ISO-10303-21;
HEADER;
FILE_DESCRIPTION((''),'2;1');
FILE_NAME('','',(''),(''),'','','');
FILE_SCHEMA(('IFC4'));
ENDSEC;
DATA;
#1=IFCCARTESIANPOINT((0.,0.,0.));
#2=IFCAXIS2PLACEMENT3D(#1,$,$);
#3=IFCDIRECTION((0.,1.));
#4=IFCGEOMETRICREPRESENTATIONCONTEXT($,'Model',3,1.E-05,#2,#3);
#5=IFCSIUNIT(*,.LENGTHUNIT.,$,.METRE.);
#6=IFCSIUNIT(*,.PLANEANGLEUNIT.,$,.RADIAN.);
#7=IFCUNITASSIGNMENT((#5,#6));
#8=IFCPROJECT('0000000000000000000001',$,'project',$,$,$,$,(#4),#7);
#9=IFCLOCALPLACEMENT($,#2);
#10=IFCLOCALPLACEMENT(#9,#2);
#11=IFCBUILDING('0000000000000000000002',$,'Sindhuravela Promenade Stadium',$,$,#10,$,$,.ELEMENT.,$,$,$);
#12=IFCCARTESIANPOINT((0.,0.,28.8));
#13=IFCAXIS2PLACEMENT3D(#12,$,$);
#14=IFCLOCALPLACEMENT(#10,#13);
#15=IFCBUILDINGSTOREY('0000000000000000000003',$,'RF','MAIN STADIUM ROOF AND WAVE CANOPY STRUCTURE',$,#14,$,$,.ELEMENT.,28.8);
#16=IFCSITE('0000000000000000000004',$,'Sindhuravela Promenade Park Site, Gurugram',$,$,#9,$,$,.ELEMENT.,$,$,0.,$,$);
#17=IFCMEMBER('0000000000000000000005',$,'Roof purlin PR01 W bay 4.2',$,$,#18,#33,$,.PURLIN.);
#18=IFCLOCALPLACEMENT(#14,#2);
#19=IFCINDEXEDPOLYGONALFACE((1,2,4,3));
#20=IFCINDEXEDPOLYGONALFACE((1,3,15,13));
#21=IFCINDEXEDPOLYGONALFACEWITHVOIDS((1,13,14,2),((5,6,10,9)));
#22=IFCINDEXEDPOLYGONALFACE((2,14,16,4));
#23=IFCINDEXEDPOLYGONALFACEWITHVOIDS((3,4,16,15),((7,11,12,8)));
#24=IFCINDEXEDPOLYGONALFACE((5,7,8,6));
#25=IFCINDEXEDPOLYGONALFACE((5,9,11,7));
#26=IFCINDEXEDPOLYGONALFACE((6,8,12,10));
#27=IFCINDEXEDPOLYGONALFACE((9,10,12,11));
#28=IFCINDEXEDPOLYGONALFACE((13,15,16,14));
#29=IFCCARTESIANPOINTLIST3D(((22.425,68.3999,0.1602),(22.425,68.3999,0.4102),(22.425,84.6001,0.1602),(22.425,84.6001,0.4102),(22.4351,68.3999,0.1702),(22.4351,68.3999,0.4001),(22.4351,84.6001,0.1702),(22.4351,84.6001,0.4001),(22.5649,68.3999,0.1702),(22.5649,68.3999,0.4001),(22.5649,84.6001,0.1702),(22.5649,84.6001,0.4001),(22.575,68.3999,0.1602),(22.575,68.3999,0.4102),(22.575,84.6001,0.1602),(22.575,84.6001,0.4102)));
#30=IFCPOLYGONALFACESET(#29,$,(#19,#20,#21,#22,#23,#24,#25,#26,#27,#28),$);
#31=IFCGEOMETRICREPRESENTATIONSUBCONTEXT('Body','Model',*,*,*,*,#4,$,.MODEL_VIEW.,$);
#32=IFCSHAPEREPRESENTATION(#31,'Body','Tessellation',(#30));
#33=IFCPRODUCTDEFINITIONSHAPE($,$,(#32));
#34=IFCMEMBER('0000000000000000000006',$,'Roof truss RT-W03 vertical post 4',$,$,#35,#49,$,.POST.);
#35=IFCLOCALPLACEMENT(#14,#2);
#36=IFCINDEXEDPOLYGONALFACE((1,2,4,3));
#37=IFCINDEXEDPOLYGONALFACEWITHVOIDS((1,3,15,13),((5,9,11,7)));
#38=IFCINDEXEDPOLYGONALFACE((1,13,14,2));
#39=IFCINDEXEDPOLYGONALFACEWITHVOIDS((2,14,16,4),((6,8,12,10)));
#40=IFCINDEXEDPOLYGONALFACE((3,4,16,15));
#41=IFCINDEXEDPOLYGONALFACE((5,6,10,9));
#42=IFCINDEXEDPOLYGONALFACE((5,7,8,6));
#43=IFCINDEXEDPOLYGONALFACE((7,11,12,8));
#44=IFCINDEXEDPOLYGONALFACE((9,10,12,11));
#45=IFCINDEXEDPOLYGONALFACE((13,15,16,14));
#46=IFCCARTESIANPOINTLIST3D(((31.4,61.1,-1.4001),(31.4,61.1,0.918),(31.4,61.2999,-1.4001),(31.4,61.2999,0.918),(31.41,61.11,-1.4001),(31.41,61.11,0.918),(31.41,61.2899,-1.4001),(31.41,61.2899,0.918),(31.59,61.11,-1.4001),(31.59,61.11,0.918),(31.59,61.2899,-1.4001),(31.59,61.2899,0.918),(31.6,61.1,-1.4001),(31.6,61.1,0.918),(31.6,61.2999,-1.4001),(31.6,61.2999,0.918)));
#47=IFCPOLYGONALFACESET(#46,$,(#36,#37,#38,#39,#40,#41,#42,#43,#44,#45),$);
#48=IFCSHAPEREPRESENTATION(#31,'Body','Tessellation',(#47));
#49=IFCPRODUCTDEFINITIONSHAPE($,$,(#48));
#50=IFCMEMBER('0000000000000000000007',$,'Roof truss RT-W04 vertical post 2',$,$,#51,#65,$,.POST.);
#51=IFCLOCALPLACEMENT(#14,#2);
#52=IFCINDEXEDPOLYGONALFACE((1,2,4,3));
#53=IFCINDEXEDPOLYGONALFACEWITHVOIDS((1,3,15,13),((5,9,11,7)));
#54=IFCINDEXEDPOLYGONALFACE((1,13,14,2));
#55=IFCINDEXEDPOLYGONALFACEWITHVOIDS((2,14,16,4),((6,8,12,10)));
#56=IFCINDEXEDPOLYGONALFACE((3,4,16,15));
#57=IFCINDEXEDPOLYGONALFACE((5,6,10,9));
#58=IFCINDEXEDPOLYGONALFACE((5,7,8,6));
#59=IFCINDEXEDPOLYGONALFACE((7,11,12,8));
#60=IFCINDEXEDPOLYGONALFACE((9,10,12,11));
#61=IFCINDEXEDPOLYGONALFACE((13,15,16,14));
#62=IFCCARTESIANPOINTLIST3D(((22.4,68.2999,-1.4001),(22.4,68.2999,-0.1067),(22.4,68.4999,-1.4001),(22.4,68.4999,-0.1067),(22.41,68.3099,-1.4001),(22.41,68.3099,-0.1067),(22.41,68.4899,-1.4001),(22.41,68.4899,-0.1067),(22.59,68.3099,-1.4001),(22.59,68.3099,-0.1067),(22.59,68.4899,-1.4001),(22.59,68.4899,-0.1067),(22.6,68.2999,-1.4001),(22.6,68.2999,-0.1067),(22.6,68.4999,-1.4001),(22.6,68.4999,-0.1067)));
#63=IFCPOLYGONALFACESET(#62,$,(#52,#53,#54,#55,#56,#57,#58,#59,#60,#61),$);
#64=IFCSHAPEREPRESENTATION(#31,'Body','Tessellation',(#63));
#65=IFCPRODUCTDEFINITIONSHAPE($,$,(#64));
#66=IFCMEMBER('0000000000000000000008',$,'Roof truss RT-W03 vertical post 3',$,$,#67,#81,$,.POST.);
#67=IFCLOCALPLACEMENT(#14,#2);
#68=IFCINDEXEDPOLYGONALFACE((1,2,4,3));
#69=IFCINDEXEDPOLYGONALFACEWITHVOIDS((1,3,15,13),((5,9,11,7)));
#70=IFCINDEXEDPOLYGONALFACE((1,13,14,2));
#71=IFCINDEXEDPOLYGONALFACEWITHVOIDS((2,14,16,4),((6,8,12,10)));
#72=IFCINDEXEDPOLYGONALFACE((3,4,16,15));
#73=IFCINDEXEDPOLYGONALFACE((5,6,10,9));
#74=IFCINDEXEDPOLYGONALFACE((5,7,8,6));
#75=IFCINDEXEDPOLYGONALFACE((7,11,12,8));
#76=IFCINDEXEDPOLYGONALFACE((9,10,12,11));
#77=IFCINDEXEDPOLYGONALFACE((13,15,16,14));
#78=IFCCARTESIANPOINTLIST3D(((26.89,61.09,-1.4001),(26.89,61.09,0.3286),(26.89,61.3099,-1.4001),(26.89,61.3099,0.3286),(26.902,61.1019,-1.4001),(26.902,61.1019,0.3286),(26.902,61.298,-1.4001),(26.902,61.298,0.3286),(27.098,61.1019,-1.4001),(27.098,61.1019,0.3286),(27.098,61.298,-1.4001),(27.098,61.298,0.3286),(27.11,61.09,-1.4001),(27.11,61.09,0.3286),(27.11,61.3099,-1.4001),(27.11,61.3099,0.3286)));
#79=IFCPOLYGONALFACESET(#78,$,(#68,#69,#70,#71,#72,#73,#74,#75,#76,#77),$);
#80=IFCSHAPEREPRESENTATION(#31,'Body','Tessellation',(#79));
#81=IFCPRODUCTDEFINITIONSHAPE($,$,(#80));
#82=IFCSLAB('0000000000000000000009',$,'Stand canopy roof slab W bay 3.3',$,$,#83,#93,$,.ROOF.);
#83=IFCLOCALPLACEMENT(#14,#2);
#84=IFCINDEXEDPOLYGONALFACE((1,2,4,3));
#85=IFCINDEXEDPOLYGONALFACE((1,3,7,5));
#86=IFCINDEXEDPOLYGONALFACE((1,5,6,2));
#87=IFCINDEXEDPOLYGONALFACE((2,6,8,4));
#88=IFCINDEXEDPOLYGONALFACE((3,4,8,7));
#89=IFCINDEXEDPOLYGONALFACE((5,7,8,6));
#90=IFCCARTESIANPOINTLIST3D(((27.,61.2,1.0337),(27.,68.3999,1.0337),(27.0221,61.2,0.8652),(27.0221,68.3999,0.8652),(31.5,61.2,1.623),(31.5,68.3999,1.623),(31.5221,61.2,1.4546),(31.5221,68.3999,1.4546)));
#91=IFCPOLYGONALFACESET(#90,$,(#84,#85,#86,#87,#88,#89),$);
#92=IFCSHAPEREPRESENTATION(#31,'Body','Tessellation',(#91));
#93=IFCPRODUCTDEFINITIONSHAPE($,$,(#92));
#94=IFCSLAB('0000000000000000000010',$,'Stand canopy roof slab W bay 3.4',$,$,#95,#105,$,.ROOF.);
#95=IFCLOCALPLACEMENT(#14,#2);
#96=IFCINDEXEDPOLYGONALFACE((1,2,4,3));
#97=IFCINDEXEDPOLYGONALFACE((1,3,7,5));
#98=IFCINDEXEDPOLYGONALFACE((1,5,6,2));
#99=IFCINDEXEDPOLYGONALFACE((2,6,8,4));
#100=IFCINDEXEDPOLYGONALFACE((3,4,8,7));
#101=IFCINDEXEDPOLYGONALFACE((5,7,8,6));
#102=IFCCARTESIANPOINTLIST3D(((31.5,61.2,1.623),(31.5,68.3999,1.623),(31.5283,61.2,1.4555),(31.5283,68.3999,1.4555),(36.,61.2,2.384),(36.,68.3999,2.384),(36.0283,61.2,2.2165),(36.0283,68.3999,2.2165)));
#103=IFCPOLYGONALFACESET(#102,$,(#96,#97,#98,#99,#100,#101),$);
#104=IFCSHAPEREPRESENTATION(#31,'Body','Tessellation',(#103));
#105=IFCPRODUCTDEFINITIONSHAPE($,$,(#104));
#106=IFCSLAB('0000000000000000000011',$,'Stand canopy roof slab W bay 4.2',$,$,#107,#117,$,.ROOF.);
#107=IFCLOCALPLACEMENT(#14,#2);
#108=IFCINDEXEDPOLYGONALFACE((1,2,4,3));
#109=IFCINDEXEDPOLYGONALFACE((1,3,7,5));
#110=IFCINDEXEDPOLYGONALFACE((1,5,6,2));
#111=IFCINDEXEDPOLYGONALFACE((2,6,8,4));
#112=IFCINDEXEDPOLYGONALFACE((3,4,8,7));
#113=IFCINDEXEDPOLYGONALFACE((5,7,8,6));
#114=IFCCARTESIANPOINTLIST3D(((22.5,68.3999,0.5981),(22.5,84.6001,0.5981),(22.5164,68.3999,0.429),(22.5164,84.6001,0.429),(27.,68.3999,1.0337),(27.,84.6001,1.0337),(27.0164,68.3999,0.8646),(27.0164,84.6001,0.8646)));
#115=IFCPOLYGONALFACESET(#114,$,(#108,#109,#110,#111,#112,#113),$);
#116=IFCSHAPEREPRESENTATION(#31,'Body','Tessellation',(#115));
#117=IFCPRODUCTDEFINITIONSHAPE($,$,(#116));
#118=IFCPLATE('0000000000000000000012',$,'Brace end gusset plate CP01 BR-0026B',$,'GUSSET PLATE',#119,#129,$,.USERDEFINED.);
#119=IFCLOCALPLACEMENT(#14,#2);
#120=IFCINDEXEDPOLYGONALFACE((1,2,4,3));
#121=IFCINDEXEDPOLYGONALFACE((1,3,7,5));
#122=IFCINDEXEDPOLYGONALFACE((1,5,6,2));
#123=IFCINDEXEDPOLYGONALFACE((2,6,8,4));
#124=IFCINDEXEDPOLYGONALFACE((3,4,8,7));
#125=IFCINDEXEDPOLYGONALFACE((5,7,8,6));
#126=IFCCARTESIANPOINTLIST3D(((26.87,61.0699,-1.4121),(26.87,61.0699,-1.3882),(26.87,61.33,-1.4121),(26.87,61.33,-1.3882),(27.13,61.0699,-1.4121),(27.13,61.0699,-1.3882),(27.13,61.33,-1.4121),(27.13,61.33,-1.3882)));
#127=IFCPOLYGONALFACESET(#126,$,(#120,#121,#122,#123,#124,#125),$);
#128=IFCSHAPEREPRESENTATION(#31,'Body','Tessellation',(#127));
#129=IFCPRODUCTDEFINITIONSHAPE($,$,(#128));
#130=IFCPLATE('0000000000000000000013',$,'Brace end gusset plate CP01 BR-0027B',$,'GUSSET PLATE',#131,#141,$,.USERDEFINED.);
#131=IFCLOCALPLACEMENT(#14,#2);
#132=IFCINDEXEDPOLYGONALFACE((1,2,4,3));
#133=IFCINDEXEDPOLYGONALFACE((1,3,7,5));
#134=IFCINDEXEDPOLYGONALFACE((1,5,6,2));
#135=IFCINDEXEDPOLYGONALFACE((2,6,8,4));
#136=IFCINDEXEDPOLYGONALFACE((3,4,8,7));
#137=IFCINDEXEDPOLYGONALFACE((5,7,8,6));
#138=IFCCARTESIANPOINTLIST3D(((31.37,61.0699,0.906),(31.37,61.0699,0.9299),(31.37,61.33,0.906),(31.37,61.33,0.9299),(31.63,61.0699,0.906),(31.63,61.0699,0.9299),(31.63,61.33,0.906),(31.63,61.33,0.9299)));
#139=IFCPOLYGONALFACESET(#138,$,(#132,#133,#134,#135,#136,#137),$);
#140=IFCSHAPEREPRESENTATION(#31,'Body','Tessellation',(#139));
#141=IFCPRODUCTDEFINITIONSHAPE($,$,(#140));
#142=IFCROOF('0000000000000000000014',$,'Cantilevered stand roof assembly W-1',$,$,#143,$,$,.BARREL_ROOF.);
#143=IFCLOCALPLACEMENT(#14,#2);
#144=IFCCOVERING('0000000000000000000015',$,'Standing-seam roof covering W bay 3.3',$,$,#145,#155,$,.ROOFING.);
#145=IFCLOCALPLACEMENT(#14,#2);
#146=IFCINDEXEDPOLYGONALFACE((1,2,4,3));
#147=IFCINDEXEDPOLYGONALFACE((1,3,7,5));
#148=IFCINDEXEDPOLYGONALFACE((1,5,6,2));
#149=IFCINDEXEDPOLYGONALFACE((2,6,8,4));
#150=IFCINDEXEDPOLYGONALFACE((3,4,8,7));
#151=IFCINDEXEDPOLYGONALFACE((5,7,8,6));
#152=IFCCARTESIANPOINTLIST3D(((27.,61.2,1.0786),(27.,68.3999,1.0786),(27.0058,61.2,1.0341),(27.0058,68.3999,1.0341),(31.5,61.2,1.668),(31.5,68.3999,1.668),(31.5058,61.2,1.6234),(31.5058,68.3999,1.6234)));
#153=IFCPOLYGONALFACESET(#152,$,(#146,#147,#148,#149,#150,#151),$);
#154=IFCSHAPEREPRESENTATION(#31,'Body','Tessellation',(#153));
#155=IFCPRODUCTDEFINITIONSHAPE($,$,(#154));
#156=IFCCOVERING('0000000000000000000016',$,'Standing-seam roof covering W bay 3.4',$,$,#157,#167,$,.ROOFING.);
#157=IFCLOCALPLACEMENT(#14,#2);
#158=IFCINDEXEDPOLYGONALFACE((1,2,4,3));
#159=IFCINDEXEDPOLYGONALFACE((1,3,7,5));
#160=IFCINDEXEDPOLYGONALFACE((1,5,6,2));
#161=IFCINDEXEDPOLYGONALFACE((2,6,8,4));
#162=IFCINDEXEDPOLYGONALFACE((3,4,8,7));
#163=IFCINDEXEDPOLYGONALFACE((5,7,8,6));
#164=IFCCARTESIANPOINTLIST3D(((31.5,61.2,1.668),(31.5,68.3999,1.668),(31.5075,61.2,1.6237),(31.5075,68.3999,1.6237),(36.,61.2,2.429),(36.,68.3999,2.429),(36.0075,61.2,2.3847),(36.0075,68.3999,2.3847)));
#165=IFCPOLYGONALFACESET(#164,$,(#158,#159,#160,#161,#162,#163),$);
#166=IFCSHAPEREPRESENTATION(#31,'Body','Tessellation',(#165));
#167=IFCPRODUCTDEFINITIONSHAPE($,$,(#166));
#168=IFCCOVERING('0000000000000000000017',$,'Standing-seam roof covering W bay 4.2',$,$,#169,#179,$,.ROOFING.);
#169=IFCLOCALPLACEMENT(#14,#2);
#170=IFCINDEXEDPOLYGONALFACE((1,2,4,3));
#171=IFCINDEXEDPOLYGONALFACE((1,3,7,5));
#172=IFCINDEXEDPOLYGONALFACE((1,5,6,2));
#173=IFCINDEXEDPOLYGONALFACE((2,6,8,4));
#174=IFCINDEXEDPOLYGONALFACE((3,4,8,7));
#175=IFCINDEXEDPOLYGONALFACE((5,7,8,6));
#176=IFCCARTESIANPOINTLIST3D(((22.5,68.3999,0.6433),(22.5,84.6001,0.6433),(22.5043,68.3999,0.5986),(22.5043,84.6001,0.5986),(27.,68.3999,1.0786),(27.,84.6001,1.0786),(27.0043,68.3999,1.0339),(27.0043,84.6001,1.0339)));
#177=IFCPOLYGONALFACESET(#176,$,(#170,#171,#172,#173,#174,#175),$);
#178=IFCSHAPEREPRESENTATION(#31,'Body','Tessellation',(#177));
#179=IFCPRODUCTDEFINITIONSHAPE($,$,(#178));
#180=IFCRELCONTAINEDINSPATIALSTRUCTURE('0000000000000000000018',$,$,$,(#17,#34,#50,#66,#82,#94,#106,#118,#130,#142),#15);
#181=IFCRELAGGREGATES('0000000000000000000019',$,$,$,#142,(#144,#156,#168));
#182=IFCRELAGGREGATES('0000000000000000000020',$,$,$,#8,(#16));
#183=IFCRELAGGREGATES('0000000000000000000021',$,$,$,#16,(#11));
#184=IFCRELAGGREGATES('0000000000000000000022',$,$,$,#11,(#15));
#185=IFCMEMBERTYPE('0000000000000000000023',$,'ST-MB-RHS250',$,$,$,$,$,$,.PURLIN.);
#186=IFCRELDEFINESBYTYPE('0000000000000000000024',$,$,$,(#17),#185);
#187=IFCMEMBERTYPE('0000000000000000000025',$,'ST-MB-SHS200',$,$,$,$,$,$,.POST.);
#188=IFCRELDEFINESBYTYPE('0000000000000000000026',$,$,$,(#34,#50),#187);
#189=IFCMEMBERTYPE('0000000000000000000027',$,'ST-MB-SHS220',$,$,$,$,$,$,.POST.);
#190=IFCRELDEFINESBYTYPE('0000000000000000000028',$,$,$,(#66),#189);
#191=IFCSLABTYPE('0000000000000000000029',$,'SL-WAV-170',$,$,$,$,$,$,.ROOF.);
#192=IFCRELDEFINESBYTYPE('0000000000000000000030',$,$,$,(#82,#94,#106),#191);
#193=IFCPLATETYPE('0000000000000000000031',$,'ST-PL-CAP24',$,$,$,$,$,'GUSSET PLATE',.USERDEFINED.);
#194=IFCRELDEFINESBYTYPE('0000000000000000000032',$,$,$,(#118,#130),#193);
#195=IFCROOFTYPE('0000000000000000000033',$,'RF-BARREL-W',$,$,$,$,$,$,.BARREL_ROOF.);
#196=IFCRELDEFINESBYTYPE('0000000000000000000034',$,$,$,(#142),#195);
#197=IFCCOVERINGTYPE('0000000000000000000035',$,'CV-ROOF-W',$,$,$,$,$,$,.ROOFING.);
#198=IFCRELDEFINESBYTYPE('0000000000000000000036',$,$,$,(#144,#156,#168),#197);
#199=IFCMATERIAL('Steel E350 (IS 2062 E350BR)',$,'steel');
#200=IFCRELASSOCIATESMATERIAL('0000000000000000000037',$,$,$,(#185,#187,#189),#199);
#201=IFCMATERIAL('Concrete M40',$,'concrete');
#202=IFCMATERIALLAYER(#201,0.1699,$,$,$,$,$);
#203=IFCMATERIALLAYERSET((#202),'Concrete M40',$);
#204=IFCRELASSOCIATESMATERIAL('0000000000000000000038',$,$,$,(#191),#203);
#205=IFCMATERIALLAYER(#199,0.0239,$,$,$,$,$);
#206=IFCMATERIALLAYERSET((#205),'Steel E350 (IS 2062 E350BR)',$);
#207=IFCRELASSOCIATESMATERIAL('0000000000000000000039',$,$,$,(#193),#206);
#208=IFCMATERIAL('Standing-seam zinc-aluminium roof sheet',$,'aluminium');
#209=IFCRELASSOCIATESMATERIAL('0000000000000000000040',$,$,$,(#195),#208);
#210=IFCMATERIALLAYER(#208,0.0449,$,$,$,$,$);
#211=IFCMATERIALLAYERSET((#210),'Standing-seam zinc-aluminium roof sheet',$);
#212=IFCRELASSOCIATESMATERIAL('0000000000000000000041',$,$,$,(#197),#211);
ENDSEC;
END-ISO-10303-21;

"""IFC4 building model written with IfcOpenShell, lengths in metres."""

from ifc_helpers import new_model, si_unit, direction, frame, origin, origin_2d, place, context, subcontext, project, spatial, polyline, rectangle, hollow_rectangle, outline, extrude, material, layer, layer_set, material_profile, profile_set, type_object, element, aggregate, save


model = new_model("IFC4")

# Units and contexts
model_context = context("Model", 3, precision=1e-05, world=origin(), true_north=direction((0.0, 1.0)))
body_context = subcontext(model_context, "Body", "Model", "MODEL_VIEW")
ifc_project = project(units=[si_unit("LENGTHUNIT", "METRE"), si_unit("PLANEANGLEUNIT", "RADIAN")], contexts=[model_context])

# Site, building, storey
site_placement = place(None, origin())
site = spatial("IfcSite", under=ifc_project, at=site_placement, Name="Sindhuravela Promenade Park Site, Gurugram", CompositionType="ELEMENT", RefElevation=0.0)
building_placement = place(site_placement, origin())
building = spatial("IfcBuilding", under=site, at=building_placement, Name="Sindhuravela Promenade Stadium", CompositionType="ELEMENT")
storey_placement = place(building_placement, frame((0.0, 0.0, 28.8)))
storey = spatial("IfcBuildingStorey", under=building, at=storey_placement, Name="RF", Description="MAIN STADIUM ROOF AND WAVE CANOPY STRUCTURE", CompositionType="ELEMENT", Elevation=28.8)

# Shared definitions
ifc_material_1 = material(Name="Concrete M40", Category="concrete")
ifc_material_2 = material(Name="Steel E350 (IS 2062 E350BR)", Category="steel")

# Members
ifc_material_profile_1 = material_profile(ifc_material_2, hollow_rectangle(XDim=0.1499, YDim=0.25, WallThickness=0.01, at=origin_2d()), Name="RHS 250x150x10")
ifc_profile_set_1 = profile_set([ifc_material_profile_1], Name="Steel E350 (IS 2062 E350BR)")
member_type_1 = type_object("IfcMemberType", Name="ST-MB-RHS250", PredefinedType="PURLIN", material=ifc_profile_set_1)
member_1_placement = place(storey_placement, frame((22.5, 68.3999, 0.2852), z_axis=(0.0, 1.0, 0.0), x_axis=(-1.0, 0.0, 0.0)))
element("IfcMember", 1, at=member_1_placement, inside=storey, type_object=member_type_1, Name="Roof purlin PR01 W bay 4.2", PredefinedType="PURLIN", context=body_context, shape_type="SweptSolid", body=[
    extrude(hollow_rectangle(XDim=0.1499, YDim=0.25, WallThickness=0.01, at=origin_2d()), origin(), (0.0, 0.0, 1.0), 16.2002),
])
ifc_material_profile_2 = material_profile(ifc_material_2, hollow_rectangle(XDim=0.2, YDim=0.2, WallThickness=0.01, at=origin_2d()), Name="SHS 200x200x10")
ifc_profile_set_2 = profile_set([ifc_material_profile_2], Name="Steel E350 (IS 2062 E350BR)")
member_type_2 = type_object("IfcMemberType", Name="ST-MB-SHS200", PredefinedType="POST", material=ifc_profile_set_2)
member_2_placement = place(storey_placement, frame((31.5, 61.2, -1.4001), z_axis=(0.0, 0.0, 1.0), x_axis=(1.0, 0.0, 0.0)))
element("IfcMember", 2, at=member_2_placement, inside=storey, type_object=member_type_2, Name="Roof truss RT-W03 vertical post 4", PredefinedType="POST", context=body_context, shape_type="SweptSolid", body=[
    extrude(hollow_rectangle(XDim=0.2, YDim=0.2, WallThickness=0.01, at=origin_2d()), origin(), (0.0, 0.0, 1.0), 2.3181),
])
member_3_placement = place(storey_placement, frame((22.5, 68.3999, -1.4001), z_axis=(0.0, 0.0, 1.0), x_axis=(1.0, 0.0, 0.0)))
element("IfcMember", 3, at=member_3_placement, inside=storey, type_object=member_type_2, Name="Roof truss RT-W04 vertical post 2", PredefinedType="POST", context=body_context, shape_type="SweptSolid", body=[
    extrude(hollow_rectangle(XDim=0.2, YDim=0.2, WallThickness=0.01, at=origin_2d()), origin(), (0.0, 0.0, 1.0), 1.2935),
])
ifc_material_profile_3 = material_profile(ifc_material_2, hollow_rectangle(XDim=0.22, YDim=0.22, WallThickness=0.012, at=origin_2d()), Name="SHS 220x220x12")
ifc_profile_set_3 = profile_set([ifc_material_profile_3], Name="Steel E350 (IS 2062 E350BR)")
member_type_3 = type_object("IfcMemberType", Name="ST-MB-SHS220", PredefinedType="POST", material=ifc_profile_set_3)
member_4_placement = place(storey_placement, frame((27.0, 61.2, -1.4001), z_axis=(0.0, 0.0, 1.0), x_axis=(1.0, 0.0, 0.0)))
element("IfcMember", 4, at=member_4_placement, inside=storey, type_object=member_type_3, Name="Roof truss RT-W03 vertical post 3", PredefinedType="POST", context=body_context, shape_type="SweptSolid", body=[
    extrude(hollow_rectangle(XDim=0.22, YDim=0.22, WallThickness=0.012, at=origin_2d()), origin(), (0.0, 0.0, 1.0), 1.7288),
])

# Slabs
ifc_layer_1 = layer(ifc_material_1, 0.1699)
ifc_layer_set_1 = layer_set([ifc_layer_1], Name="Concrete M40")
slab_type = type_object("IfcSlabType", Name="SL-WAV-170", PredefinedType="ROOF", material=ifc_layer_set_1)
slab_1_placement = place(storey_placement, frame((27.0, 61.2, 1.0337), z_axis=(-0.129859, 0.0, 0.991532), x_axis=(0.0, 1.0, 0.0)))
element("IfcSlab", 5, at=slab_1_placement, inside=storey, type_object=slab_type, Name="Stand canopy roof slab W bay 3.3", PredefinedType="ROOF", context=body_context, shape_type="SweptSolid", body=[
    extrude(outline(polyline([(0.0, 0.0), (0.0, -4.5384), (7.2, -4.5384), (7.2, 0.0), (0.0, 0.0)])), origin(), (0.0, 0.0, -1.0), 0.1699),
])
slab_2_placement = place(storey_placement, frame((31.5, 61.2, 1.623), z_axis=(-0.166741, 0.0, 0.986001), x_axis=(0.0, 1.0, 0.0)))
element("IfcSlab", 6, at=slab_2_placement, inside=storey, type_object=slab_type, Name="Stand canopy roof slab W bay 3.4", PredefinedType="ROOF", context=body_context, shape_type="SweptSolid", body=[
    extrude(outline(polyline([(0.0, 0.0), (0.0, -4.5639), (7.2, -4.5639), (7.2, 0.0), (0.0, 0.0)])), origin(), (0.0, 0.0, -1.0), 0.1699),
])
slab_3_placement = place(storey_placement, frame((22.5, 68.3999, 0.5981), z_axis=(-0.096338, 0.0, 0.995349), x_axis=(0.0, 1.0, 0.0)))
element("IfcSlab", 7, at=slab_3_placement, inside=storey, type_object=slab_type, Name="Stand canopy roof slab W bay 4.2", PredefinedType="ROOF", context=body_context, shape_type="SweptSolid", body=[
    extrude(outline(polyline([(0.0, 0.0), (0.0, -4.521), (16.2002, -4.521), (16.2002, 0.0), (0.0, 0.0)])), origin(), (0.0, 0.0, -1.0), 0.1699),
])

# Plates
ifc_layer_2 = layer(ifc_material_2, 0.0239)
ifc_layer_set_2 = layer_set([ifc_layer_2], Name="Steel E350 (IS 2062 E350BR)")
plate_type = type_object("IfcPlateType", Name="ST-PL-CAP24", ElementType="GUSSET PLATE", PredefinedType="USERDEFINED", material=ifc_layer_set_2)
for number, where, z_axis, x_axis, name in (
    (8, (27.0, 61.2, -1.4121), (0.0, 0.0, 1.0), (1.0, 0.0, 0.0), "Brace end gusset plate CP01 BR-0026B"),
    (9, (31.5, 61.2, 0.906), (0.0, 0.0, 1.0), (1.0, 0.0, 0.0), "Brace end gusset plate CP01 BR-0027B"),
):
    element("IfcPlate", number, at=place(storey_placement, frame(where, z_axis=z_axis, x_axis=x_axis)), inside=storey, type_object=plate_type, Name=name, ObjectType="GUSSET PLATE", PredefinedType="USERDEFINED", context=body_context, shape_type="SweptSolid", body=[
        extrude(rectangle(XDim=0.26, YDim=0.26, at=origin_2d()), origin(), (0.0, 0.0, 1.0), 0.0239),
    ])

# Roof, coverings
ifc_material_3 = material(Name="Standing-seam zinc-aluminium roof sheet", Category="aluminium")
roof_type = type_object("IfcRoofType", Name="RF-BARREL-W", PredefinedType="BARREL_ROOF", material=ifc_material_3)
roof_placement = place(storey_placement, origin())
roof = element("IfcRoof", 10, at=roof_placement, inside=storey, type_object=roof_type, Name="Cantilevered stand roof assembly W-1", PredefinedType="BARREL_ROOF")
ifc_layer_3 = layer(ifc_material_3, 0.0449)
ifc_layer_set_3 = layer_set([ifc_layer_3], Name="Standing-seam zinc-aluminium roof sheet")
covering_type_1 = type_object("IfcCoveringType", Name="CV-ROOF-W", PredefinedType="ROOFING", material=ifc_layer_set_3)
covering_1_placement = place(storey_placement, frame((27.0, 61.2, 1.0786), z_axis=(-0.129859, 0.0, 0.991532), x_axis=(0.0, 1.0, 0.0)))
covering_1 = element("IfcCovering", 11, at=covering_1_placement, type_object=covering_type_1, Name="Standing-seam roof covering W bay 3.3", PredefinedType="ROOFING", context=body_context, shape_type="SweptSolid", body=[
    extrude(outline(polyline([(0.0, 0.0), (0.0, -4.5384), (7.2, -4.5384), (7.2, 0.0), (0.0, 0.0)])), origin(), (0.0, 0.0, -1.0), 0.0449),
])
covering_2_placement = place(storey_placement, frame((31.5, 61.2, 1.668), z_axis=(-0.166741, 0.0, 0.986001), x_axis=(0.0, 1.0, 0.0)))
covering_2 = element("IfcCovering", 12, at=covering_2_placement, type_object=covering_type_1, Name="Standing-seam roof covering W bay 3.4", PredefinedType="ROOFING", context=body_context, shape_type="SweptSolid", body=[
    extrude(outline(polyline([(0.0, 0.0), (0.0, -4.5639), (7.2, -4.5639), (7.2, 0.0), (0.0, 0.0)])), origin(), (0.0, 0.0, -1.0), 0.0449),
])
covering_3_placement = place(storey_placement, frame((22.5, 68.3999, 0.6433), z_axis=(-0.096285, 0.0, 0.995354), x_axis=(0.0, 1.0, 0.0)))
covering_3 = element("IfcCovering", 13, at=covering_3_placement, type_object=covering_type_1, Name="Standing-seam roof covering W bay 4.2", PredefinedType="ROOFING", context=body_context, shape_type="SweptSolid", body=[
    extrude(outline(polyline([(0.0, 0.0), (0.0, -4.521), (16.2002, -4.521), (16.2002, 0.0), (0.0, 0.0)])), origin(), (0.0, 0.0, -1.0), 0.0449),
])
aggregate(roof, [covering_1, covering_2, covering_3])

save(model, "model.ifc")
